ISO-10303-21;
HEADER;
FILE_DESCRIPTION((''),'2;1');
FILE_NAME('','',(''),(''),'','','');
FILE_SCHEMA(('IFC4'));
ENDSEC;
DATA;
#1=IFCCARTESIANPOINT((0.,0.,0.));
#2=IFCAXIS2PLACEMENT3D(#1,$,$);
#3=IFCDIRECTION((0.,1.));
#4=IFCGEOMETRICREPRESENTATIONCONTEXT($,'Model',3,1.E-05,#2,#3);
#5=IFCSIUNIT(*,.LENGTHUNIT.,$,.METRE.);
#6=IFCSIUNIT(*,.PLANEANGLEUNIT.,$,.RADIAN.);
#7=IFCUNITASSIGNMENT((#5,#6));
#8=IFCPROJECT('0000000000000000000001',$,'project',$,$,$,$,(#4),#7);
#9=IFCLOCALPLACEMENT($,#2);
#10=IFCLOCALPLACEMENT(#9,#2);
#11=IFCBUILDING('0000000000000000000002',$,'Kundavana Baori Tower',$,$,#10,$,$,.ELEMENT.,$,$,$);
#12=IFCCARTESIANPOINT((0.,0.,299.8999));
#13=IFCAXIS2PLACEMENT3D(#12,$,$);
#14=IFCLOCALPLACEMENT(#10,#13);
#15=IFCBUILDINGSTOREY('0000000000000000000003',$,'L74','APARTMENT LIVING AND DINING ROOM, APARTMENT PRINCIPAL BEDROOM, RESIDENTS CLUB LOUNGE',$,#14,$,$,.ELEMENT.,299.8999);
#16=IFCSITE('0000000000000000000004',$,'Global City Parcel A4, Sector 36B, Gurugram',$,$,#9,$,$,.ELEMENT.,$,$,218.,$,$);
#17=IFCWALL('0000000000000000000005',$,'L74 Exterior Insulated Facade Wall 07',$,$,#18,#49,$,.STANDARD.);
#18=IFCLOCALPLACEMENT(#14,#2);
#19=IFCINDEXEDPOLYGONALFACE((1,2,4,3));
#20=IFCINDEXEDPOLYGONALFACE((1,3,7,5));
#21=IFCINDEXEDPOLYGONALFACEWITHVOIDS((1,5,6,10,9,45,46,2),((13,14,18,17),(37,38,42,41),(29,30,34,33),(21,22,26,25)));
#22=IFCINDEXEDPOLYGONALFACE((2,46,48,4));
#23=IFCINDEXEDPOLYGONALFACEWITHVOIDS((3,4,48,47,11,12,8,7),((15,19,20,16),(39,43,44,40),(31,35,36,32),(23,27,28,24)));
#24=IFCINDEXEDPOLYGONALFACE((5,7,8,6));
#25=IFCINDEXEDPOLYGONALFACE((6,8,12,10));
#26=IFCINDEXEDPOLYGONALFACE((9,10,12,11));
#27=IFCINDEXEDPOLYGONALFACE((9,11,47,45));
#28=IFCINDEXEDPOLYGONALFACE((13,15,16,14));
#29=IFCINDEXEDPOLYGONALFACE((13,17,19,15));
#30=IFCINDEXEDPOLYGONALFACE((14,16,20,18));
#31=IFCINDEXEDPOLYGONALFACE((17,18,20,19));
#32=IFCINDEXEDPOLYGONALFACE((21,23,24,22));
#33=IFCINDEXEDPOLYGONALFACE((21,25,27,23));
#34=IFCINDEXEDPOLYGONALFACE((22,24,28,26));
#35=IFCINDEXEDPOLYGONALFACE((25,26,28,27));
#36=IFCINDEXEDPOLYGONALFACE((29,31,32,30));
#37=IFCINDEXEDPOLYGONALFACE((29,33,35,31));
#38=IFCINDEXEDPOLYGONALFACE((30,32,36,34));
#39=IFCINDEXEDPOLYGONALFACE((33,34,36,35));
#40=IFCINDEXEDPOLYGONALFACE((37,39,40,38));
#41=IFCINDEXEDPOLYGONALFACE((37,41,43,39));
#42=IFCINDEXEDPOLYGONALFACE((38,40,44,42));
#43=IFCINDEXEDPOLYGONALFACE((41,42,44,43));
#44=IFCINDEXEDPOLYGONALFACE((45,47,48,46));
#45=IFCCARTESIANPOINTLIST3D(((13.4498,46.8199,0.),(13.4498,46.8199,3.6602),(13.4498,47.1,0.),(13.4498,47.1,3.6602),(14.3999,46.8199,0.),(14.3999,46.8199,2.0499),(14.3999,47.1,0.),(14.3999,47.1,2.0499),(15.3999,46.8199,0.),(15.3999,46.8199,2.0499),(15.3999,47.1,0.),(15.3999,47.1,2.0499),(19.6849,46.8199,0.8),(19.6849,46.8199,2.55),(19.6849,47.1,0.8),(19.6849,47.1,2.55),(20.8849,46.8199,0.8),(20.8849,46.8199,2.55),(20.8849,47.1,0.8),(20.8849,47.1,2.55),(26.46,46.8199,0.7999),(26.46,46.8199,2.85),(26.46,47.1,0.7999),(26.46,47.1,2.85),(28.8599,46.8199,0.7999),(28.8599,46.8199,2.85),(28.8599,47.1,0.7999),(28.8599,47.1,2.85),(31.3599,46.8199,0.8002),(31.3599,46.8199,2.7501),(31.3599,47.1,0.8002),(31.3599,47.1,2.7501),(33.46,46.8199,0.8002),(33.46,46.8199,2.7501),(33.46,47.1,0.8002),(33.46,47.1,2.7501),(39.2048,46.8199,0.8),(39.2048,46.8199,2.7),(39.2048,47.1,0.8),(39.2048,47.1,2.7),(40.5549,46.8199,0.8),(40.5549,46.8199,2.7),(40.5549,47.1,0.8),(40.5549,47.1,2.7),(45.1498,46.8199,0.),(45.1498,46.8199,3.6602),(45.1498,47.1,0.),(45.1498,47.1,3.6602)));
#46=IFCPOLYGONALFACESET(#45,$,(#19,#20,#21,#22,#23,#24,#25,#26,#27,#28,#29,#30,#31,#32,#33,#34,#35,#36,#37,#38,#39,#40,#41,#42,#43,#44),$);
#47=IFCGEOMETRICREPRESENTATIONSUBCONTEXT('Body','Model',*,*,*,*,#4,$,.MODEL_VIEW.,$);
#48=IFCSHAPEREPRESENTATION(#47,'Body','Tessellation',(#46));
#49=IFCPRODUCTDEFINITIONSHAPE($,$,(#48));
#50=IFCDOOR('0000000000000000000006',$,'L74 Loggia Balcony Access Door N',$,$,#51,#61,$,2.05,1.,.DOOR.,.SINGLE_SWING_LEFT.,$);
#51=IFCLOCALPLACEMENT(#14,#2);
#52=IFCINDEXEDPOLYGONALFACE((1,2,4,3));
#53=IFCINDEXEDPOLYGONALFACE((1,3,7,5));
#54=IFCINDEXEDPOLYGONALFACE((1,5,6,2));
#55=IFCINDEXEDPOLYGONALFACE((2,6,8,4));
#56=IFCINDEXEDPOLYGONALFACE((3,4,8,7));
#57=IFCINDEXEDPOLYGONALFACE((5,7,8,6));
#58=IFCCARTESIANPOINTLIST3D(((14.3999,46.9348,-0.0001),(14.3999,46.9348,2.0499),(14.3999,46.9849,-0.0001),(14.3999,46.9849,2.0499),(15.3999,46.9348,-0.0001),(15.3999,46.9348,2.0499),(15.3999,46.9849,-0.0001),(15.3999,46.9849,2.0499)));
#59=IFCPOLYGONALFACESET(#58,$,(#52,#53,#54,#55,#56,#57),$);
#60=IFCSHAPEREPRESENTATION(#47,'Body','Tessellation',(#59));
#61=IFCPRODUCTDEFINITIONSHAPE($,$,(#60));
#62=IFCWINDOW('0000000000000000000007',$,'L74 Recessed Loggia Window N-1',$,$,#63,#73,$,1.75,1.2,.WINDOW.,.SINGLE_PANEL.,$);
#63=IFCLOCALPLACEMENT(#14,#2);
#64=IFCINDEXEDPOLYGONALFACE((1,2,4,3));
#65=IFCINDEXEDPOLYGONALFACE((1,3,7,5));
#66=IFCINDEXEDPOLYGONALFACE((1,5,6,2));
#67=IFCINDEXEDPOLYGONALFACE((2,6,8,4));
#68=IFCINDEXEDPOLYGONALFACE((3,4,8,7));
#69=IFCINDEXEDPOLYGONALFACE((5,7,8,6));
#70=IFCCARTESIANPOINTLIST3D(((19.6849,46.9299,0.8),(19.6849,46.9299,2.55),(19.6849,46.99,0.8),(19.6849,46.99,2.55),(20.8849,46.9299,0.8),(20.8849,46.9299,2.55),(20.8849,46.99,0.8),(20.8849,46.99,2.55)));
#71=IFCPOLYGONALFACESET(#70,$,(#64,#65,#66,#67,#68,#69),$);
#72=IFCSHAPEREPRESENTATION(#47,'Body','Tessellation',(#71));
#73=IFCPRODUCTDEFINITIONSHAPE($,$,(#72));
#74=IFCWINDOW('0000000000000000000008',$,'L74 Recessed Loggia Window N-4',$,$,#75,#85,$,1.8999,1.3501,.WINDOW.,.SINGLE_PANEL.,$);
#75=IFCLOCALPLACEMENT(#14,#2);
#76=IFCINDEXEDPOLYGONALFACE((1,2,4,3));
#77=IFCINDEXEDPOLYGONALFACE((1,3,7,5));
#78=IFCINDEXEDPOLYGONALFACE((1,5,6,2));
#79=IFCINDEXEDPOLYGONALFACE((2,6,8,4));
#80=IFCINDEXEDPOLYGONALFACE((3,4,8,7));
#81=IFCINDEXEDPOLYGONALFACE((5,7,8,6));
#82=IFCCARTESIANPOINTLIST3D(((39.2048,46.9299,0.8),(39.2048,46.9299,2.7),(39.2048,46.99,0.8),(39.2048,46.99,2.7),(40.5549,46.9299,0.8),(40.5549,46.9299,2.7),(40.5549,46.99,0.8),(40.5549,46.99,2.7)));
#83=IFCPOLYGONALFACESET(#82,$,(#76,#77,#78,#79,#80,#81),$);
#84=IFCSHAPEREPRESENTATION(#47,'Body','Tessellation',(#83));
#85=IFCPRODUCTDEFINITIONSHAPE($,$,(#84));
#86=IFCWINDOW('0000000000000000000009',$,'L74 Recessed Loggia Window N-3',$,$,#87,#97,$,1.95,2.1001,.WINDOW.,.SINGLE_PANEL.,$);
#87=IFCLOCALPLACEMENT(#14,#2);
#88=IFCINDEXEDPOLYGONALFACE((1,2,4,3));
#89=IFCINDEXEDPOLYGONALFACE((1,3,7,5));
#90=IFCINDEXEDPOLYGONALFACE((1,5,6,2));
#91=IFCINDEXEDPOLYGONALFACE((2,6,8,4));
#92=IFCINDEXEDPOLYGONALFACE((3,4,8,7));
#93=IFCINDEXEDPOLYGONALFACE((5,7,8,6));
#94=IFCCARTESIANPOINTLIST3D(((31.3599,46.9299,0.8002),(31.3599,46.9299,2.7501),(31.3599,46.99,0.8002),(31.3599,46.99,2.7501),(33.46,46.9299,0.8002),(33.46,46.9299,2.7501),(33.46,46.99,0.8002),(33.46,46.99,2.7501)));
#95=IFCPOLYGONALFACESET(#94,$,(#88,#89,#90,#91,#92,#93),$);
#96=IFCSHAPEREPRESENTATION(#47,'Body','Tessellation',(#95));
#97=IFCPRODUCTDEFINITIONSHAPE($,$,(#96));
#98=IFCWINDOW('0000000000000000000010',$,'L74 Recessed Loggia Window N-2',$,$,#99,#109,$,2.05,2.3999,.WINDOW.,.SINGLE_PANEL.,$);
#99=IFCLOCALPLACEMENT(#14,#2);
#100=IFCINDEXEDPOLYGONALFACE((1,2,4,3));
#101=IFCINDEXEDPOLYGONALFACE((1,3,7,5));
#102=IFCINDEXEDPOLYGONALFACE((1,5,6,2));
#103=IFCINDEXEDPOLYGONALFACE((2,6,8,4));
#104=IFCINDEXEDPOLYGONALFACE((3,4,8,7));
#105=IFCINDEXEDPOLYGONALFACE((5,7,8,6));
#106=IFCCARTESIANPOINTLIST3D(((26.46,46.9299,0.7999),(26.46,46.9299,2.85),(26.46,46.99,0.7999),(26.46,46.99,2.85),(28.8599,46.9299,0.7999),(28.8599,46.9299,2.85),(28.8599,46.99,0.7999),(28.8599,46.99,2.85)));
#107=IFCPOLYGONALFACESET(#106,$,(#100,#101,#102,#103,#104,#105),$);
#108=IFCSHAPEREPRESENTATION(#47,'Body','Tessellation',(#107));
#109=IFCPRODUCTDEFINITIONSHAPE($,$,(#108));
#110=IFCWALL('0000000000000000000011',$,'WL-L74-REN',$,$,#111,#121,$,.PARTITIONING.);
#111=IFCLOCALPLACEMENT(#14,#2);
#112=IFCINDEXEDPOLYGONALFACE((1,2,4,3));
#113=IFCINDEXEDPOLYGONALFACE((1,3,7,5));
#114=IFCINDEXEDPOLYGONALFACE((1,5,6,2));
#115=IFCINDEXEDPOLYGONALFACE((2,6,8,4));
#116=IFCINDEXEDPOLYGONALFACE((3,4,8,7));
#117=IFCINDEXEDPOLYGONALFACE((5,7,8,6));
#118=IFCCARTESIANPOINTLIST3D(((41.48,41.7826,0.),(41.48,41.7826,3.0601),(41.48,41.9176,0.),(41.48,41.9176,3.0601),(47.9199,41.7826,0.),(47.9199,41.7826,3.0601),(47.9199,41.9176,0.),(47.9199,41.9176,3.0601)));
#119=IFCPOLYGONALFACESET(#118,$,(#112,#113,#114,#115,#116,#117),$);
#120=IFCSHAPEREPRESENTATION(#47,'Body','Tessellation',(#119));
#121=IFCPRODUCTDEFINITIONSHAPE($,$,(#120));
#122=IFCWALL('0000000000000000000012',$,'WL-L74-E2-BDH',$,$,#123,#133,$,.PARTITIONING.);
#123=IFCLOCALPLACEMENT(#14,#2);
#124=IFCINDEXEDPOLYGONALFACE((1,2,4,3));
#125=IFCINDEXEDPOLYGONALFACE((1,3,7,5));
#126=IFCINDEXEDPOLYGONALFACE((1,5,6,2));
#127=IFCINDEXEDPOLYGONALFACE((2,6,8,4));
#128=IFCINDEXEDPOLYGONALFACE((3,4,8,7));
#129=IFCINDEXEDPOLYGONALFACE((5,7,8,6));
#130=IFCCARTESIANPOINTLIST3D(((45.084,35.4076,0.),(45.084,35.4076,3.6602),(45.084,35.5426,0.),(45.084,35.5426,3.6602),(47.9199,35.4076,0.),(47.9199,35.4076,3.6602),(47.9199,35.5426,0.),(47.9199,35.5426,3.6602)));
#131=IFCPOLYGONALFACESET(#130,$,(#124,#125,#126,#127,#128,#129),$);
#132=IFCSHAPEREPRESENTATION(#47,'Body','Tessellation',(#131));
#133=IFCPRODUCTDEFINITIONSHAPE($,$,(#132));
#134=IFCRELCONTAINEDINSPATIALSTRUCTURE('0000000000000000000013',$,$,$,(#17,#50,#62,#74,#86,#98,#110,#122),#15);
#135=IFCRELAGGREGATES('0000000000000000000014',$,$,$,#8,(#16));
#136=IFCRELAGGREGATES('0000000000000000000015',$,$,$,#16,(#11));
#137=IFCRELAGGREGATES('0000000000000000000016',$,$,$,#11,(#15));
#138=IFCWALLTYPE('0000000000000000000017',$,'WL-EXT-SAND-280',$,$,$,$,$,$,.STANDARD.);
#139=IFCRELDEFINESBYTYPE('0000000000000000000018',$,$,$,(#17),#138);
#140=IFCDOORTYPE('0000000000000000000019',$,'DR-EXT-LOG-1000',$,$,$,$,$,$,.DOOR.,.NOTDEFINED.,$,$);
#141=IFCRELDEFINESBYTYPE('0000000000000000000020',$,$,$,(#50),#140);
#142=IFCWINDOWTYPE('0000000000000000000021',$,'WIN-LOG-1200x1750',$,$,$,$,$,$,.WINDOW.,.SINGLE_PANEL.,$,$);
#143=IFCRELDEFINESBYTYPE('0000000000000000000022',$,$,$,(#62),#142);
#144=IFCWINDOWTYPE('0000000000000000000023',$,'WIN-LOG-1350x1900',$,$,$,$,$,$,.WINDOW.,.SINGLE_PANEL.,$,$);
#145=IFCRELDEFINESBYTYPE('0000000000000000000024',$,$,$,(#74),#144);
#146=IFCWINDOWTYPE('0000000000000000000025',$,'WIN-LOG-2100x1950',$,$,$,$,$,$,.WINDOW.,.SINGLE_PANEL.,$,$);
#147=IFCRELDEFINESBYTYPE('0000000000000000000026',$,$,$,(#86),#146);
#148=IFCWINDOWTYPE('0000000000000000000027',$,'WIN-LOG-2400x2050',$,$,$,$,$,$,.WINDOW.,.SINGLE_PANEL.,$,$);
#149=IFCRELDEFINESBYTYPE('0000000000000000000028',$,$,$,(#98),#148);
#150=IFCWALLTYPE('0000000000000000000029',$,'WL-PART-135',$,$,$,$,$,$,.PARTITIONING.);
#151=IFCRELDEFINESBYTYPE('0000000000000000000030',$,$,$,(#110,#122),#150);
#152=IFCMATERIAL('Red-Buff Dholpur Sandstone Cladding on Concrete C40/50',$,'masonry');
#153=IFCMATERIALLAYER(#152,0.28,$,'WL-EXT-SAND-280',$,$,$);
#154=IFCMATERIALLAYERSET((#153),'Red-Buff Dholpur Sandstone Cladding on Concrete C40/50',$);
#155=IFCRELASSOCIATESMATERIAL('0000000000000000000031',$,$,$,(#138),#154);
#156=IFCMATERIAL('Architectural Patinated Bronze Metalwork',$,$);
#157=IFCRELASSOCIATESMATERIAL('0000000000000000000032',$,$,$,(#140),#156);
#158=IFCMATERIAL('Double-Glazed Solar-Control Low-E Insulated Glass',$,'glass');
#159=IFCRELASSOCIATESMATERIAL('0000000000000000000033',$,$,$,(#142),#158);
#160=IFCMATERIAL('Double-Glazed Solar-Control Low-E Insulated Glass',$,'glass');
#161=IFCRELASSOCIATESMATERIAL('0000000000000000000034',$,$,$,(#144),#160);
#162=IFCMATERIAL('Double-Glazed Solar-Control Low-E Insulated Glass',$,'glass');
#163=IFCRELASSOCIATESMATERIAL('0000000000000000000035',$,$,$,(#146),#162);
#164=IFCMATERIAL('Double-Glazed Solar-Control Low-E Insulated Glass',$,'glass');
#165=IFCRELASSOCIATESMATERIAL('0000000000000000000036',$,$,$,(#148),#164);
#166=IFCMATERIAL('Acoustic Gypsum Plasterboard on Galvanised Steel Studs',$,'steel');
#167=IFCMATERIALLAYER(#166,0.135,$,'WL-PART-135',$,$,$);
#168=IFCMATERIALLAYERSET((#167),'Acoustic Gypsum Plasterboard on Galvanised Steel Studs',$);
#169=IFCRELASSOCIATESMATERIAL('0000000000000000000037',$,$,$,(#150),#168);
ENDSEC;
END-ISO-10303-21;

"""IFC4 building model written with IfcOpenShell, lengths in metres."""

from ifc_helpers import new_model, si_unit, direction, frame, frame_2d, origin, place, context, subcontext, project, spatial, rectangle, extrude, material, layer, layer_set, type_object, element, fill, save


model = new_model("IFC4")

# Units and contexts
model_context = context("Model", 3, precision=1e-05, world=origin(), true_north=direction((0.0, 1.0)))
body_context = subcontext(model_context, "Body", "Model", "MODEL_VIEW")
ifc_project = project(units=[si_unit("LENGTHUNIT", "METRE"), si_unit("PLANEANGLEUNIT", "RADIAN")], contexts=[model_context])

# Site, building, storey
site_placement = place(None, origin())
site = spatial("IfcSite", under=ifc_project, at=site_placement, Name="Global City Parcel A4, Sector 36B, Gurugram", CompositionType="ELEMENT", RefElevation=218.0)
building_placement = place(site_placement, origin())
building = spatial("IfcBuilding", under=site, at=building_placement, Name="Kundavana Baori Tower", CompositionType="ELEMENT")
storey_placement = place(building_placement, frame((0.0, 0.0, 299.8999)))
storey = spatial("IfcBuildingStorey", under=building, at=storey_placement, Name="L74", Description="APARTMENT LIVING AND DINING ROOM, APARTMENT PRINCIPAL BEDROOM, RESIDENTS CLUB LOUNGE", CompositionType="ELEMENT", Elevation=299.8999)

# Shared definitions
ifc_material_1 = material(Name="Red-Buff Dholpur Sandstone Cladding on Concrete C40/50", Category="masonry")
ifc_layer_1 = layer(ifc_material_1, 0.28, Name="WL-EXT-SAND-280")
ifc_layer_set_1 = layer_set([ifc_layer_1], Name="Red-Buff Dholpur Sandstone Cladding on Concrete C40/50")
wall_type_1 = type_object("IfcWallType", Name="WL-EXT-SAND-280", PredefinedType="STANDARD", material=ifc_layer_set_1)

# Wall, openings, door, windows
wall_1_placement = place(storey_placement, frame((45.1499, 46.96, 0.0), z_axis=(0.0, 0.0, 1.0), x_axis=(-1.0, 0.0, 0.0)))
wall_1 = element("IfcWall", 1, at=wall_1_placement, inside=storey, type_object=wall_type_1, Name="L74 Exterior Insulated Facade Wall 07", PredefinedType="STANDARD", context=body_context, shape_type="SweptSolid", body=[
    extrude(rectangle(XDim=31.7, YDim=0.28, at=frame_2d((15.8501, 0.0))), origin(), (0.0, 0.0, 1.0), 3.6602),
])
opening_1_placement = place(wall_1_placement, frame((29.75, 0.0, 0.0)))
opening_1 = element("IfcOpeningElement", 2, at=opening_1_placement, cuts=wall_1, PredefinedType="OPENING", context=body_context, shape_type="SweptSolid", body=[
    extrude(rectangle(XDim=1.0, YDim=2.05, at=frame_2d((0.5, 1.0249))), frame((0.0, 0.1499, 0.0), z_axis=(0.0, -1.0, 0.0), x_axis=(1.0, 0.0, 0.0)), (0.0, 0.0, 1.0), 0.3),
])
opening_2_placement = place(wall_1_placement, frame((24.2649, 0.0, 0.8)))
opening_2 = element("IfcOpeningElement", 3, at=opening_2_placement, cuts=wall_1, PredefinedType="OPENING", context=body_context, shape_type="SweptSolid", body=[
    extrude(rectangle(XDim=1.2, YDim=1.75, at=frame_2d((0.6001, 0.875))), frame((0.0, 0.1499, 0.0), z_axis=(0.0, -1.0, 0.0), x_axis=(1.0, 0.0, 0.0)), (0.0, 0.0, 1.0), 0.3),
])
opening_3_placement = place(wall_1_placement, frame((16.29, 0.0, 0.8)))
opening_3 = element("IfcOpeningElement", 4, at=opening_3_placement, cuts=wall_1, PredefinedType="OPENING", context=body_context, shape_type="SweptSolid", body=[
    extrude(rectangle(XDim=2.3999, YDim=2.05, at=frame_2d((1.2, 1.0249))), frame((0.0, 0.1499, 0.0), z_axis=(0.0, -1.0, 0.0), x_axis=(1.0, 0.0, 0.0)), (0.0, 0.0, 1.0), 0.3),
])
opening_4_placement = place(wall_1_placement, frame((11.6899, 0.0, 0.8)))
opening_4 = element("IfcOpeningElement", 5, at=opening_4_placement, cuts=wall_1, PredefinedType="OPENING", context=body_context, shape_type="SweptSolid", body=[
    extrude(rectangle(XDim=2.1001, YDim=1.95, at=frame_2d((1.05, 0.9751))), frame((0.0, 0.1499, 0.0), z_axis=(0.0, -1.0, 0.0), x_axis=(1.0, 0.0, 0.0)), (0.0, 0.0, 1.0), 0.3),
])
opening_5_placement = place(wall_1_placement, frame((4.595, 0.0, 0.8)))
opening_5 = element("IfcOpeningElement", 6, at=opening_5_placement, cuts=wall_1, PredefinedType="OPENING", context=body_context, shape_type="SweptSolid", body=[
    extrude(rectangle(XDim=1.3501, YDim=1.8999, at=frame_2d((0.675, 0.95))), frame((0.0, 0.1499, 0.0), z_axis=(0.0, -1.0, 0.0), x_axis=(1.0, 0.0, 0.0)), (0.0, 0.0, 1.0), 0.3),
])
ifc_material_2 = material(Name="Architectural Patinated Bronze Metalwork")
door_type_1 = type_object("IfcDoorType", Name="DR-EXT-LOG-1000", OperationType="NOTDEFINED", PredefinedType="DOOR", material=ifc_material_2)
door_1_placement = place(opening_1_placement, frame((1.0, 0.0, 0.0), z_axis=(0.0, 0.0, 1.0), x_axis=(-1.0, 0.0, 0.0)))
door_1 = element("IfcDoor", 7, at=door_1_placement, inside=storey, type_object=door_type_1, Name="L74 Loggia Balcony Access Door N", OperationType="SINGLE_SWING_LEFT", OverallHeight=2.05, OverallWidth=1.0, PredefinedType="DOOR", context=body_context, shape_type="SweptSolid", body=[
    extrude(rectangle(XDim=1.0, YDim=2.05, at=frame_2d((0.5, 1.0249))), frame((0.0, 0.0249, 0.0), z_axis=(0.0, -1.0, 0.0), x_axis=(1.0, 0.0, 0.0)), (0.0, 0.0, 1.0), 0.05),
])
fill(opening_1, door_1)
ifc_material_3 = material(Name="Double-Glazed Solar-Control Low-E Insulated Glass", Category="glass")
window_type_1 = type_object("IfcWindowType", Name="WIN-LOG-1200x1750", PartitioningType="SINGLE_PANEL", PredefinedType="WINDOW", material=ifc_material_3)
window_1_placement = place(opening_2_placement, origin())
window_1 = element("IfcWindow", 8, at=window_1_placement, inside=storey, type_object=window_type_1, Name="L74 Recessed Loggia Window N-1", OverallHeight=1.75, OverallWidth=1.2, PartitioningType="SINGLE_PANEL", PredefinedType="WINDOW", context=body_context, shape_type="SweptSolid", body=[
    extrude(rectangle(XDim=1.2, YDim=1.75, at=frame_2d((0.6001, 0.875))), frame((0.0, 0.03, 0.0), z_axis=(0.0, -1.0, 0.0), x_axis=(1.0, 0.0, 0.0)), (0.0, 0.0, 1.0), 0.0601),
])
fill(opening_2, window_1)
ifc_material_4 = material(Name="Double-Glazed Solar-Control Low-E Insulated Glass", Category="glass")
window_type_2 = type_object("IfcWindowType", Name="WIN-LOG-1350x1900", PartitioningType="SINGLE_PANEL", PredefinedType="WINDOW", material=ifc_material_4)
window_2_placement = place(opening_5_placement, origin())
window_2 = element("IfcWindow", 9, at=window_2_placement, inside=storey, type_object=window_type_2, Name="L74 Recessed Loggia Window N-4", OverallHeight=1.8999, OverallWidth=1.3501, PartitioningType="SINGLE_PANEL", PredefinedType="WINDOW", context=body_context, shape_type="SweptSolid", body=[
    extrude(rectangle(XDim=1.3501, YDim=1.8999, at=frame_2d((0.675, 0.95))), frame((0.0, 0.03, 0.0), z_axis=(0.0, -1.0, 0.0), x_axis=(1.0, 0.0, 0.0)), (0.0, 0.0, 1.0), 0.0601),
])
fill(opening_5, window_2)
ifc_material_5 = material(Name="Double-Glazed Solar-Control Low-E Insulated Glass", Category="glass")
window_type_3 = type_object("IfcWindowType", Name="WIN-LOG-2100x1950", PartitioningType="SINGLE_PANEL", PredefinedType="WINDOW", material=ifc_material_5)
window_3_placement = place(opening_4_placement, origin())
window_3 = element("IfcWindow", 10, at=window_3_placement, inside=storey, type_object=window_type_3, Name="L74 Recessed Loggia Window N-3", OverallHeight=1.95, OverallWidth=2.1001, PartitioningType="SINGLE_PANEL", PredefinedType="WINDOW", context=body_context, shape_type="SweptSolid", body=[
    extrude(rectangle(XDim=2.1001, YDim=1.95, at=frame_2d((1.05, 0.9751))), frame((0.0, 0.03, 0.0), z_axis=(0.0, -1.0, 0.0), x_axis=(1.0, 0.0, 0.0)), (0.0, 0.0, 1.0), 0.0601),
])
fill(opening_4, window_3)
ifc_material_6 = material(Name="Double-Glazed Solar-Control Low-E Insulated Glass", Category="glass")
window_type_4 = type_object("IfcWindowType", Name="WIN-LOG-2400x2050", PartitioningType="SINGLE_PANEL", PredefinedType="WINDOW", material=ifc_material_6)
window_4_placement = place(opening_3_placement, origin())
window_4 = element("IfcWindow", 11, at=window_4_placement, inside=storey, type_object=window_type_4, Name="L74 Recessed Loggia Window N-2", OverallHeight=2.05, OverallWidth=2.3999, PartitioningType="SINGLE_PANEL", PredefinedType="WINDOW", context=body_context, shape_type="SweptSolid", body=[
    extrude(rectangle(XDim=2.3999, YDim=2.05, at=frame_2d((1.2, 1.0249))), frame((0.0, 0.03, 0.0), z_axis=(0.0, -1.0, 0.0), x_axis=(1.0, 0.0, 0.0)), (0.0, 0.0, 1.0), 0.0601),
])
fill(opening_3, window_4)

# Walls
ifc_material_7 = material(Name="Acoustic Gypsum Plasterboard on Galvanised Steel Studs", Category="steel")
ifc_layer_2 = layer(ifc_material_7, 0.135, Name="WL-PART-135")
ifc_layer_set_2 = layer_set([ifc_layer_2], Name="Acoustic Gypsum Plasterboard on Galvanised Steel Studs")
wall_type_2 = type_object("IfcWallType", Name="WL-PART-135", PredefinedType="PARTITIONING", material=ifc_layer_set_2)
wall_2_placement = place(storey_placement, frame((41.48, 41.8501, 0.0), z_axis=(0.0, 0.0, 1.0), x_axis=(1.0, 0.0, 0.0)))
element("IfcWall", 12, at=wall_2_placement, inside=storey, type_object=wall_type_2, Name="WL-L74-REN", PredefinedType="PARTITIONING", context=body_context, shape_type="SweptSolid", body=[
    extrude(rectangle(XDim=6.4399, YDim=0.135, at=frame_2d((3.22, 0.0))), origin(), (0.0, 0.0, 1.0), 3.0601),
])
wall_3_placement = place(storey_placement, frame((45.084, 35.4751, 0.0), z_axis=(0.0, 0.0, 1.0), x_axis=(1.0, 0.0, 0.0)))
element("IfcWall", 13, at=wall_3_placement, inside=storey, type_object=wall_type_2, Name="WL-L74-E2-BDH", PredefinedType="PARTITIONING", context=body_context, shape_type="SweptSolid", body=[
    extrude(rectangle(XDim=2.8359, YDim=0.135, at=frame_2d((1.418, 0.0))), origin(), (0.0, 0.0, 1.0), 3.6602),
])

save(model, "model.ifc")
